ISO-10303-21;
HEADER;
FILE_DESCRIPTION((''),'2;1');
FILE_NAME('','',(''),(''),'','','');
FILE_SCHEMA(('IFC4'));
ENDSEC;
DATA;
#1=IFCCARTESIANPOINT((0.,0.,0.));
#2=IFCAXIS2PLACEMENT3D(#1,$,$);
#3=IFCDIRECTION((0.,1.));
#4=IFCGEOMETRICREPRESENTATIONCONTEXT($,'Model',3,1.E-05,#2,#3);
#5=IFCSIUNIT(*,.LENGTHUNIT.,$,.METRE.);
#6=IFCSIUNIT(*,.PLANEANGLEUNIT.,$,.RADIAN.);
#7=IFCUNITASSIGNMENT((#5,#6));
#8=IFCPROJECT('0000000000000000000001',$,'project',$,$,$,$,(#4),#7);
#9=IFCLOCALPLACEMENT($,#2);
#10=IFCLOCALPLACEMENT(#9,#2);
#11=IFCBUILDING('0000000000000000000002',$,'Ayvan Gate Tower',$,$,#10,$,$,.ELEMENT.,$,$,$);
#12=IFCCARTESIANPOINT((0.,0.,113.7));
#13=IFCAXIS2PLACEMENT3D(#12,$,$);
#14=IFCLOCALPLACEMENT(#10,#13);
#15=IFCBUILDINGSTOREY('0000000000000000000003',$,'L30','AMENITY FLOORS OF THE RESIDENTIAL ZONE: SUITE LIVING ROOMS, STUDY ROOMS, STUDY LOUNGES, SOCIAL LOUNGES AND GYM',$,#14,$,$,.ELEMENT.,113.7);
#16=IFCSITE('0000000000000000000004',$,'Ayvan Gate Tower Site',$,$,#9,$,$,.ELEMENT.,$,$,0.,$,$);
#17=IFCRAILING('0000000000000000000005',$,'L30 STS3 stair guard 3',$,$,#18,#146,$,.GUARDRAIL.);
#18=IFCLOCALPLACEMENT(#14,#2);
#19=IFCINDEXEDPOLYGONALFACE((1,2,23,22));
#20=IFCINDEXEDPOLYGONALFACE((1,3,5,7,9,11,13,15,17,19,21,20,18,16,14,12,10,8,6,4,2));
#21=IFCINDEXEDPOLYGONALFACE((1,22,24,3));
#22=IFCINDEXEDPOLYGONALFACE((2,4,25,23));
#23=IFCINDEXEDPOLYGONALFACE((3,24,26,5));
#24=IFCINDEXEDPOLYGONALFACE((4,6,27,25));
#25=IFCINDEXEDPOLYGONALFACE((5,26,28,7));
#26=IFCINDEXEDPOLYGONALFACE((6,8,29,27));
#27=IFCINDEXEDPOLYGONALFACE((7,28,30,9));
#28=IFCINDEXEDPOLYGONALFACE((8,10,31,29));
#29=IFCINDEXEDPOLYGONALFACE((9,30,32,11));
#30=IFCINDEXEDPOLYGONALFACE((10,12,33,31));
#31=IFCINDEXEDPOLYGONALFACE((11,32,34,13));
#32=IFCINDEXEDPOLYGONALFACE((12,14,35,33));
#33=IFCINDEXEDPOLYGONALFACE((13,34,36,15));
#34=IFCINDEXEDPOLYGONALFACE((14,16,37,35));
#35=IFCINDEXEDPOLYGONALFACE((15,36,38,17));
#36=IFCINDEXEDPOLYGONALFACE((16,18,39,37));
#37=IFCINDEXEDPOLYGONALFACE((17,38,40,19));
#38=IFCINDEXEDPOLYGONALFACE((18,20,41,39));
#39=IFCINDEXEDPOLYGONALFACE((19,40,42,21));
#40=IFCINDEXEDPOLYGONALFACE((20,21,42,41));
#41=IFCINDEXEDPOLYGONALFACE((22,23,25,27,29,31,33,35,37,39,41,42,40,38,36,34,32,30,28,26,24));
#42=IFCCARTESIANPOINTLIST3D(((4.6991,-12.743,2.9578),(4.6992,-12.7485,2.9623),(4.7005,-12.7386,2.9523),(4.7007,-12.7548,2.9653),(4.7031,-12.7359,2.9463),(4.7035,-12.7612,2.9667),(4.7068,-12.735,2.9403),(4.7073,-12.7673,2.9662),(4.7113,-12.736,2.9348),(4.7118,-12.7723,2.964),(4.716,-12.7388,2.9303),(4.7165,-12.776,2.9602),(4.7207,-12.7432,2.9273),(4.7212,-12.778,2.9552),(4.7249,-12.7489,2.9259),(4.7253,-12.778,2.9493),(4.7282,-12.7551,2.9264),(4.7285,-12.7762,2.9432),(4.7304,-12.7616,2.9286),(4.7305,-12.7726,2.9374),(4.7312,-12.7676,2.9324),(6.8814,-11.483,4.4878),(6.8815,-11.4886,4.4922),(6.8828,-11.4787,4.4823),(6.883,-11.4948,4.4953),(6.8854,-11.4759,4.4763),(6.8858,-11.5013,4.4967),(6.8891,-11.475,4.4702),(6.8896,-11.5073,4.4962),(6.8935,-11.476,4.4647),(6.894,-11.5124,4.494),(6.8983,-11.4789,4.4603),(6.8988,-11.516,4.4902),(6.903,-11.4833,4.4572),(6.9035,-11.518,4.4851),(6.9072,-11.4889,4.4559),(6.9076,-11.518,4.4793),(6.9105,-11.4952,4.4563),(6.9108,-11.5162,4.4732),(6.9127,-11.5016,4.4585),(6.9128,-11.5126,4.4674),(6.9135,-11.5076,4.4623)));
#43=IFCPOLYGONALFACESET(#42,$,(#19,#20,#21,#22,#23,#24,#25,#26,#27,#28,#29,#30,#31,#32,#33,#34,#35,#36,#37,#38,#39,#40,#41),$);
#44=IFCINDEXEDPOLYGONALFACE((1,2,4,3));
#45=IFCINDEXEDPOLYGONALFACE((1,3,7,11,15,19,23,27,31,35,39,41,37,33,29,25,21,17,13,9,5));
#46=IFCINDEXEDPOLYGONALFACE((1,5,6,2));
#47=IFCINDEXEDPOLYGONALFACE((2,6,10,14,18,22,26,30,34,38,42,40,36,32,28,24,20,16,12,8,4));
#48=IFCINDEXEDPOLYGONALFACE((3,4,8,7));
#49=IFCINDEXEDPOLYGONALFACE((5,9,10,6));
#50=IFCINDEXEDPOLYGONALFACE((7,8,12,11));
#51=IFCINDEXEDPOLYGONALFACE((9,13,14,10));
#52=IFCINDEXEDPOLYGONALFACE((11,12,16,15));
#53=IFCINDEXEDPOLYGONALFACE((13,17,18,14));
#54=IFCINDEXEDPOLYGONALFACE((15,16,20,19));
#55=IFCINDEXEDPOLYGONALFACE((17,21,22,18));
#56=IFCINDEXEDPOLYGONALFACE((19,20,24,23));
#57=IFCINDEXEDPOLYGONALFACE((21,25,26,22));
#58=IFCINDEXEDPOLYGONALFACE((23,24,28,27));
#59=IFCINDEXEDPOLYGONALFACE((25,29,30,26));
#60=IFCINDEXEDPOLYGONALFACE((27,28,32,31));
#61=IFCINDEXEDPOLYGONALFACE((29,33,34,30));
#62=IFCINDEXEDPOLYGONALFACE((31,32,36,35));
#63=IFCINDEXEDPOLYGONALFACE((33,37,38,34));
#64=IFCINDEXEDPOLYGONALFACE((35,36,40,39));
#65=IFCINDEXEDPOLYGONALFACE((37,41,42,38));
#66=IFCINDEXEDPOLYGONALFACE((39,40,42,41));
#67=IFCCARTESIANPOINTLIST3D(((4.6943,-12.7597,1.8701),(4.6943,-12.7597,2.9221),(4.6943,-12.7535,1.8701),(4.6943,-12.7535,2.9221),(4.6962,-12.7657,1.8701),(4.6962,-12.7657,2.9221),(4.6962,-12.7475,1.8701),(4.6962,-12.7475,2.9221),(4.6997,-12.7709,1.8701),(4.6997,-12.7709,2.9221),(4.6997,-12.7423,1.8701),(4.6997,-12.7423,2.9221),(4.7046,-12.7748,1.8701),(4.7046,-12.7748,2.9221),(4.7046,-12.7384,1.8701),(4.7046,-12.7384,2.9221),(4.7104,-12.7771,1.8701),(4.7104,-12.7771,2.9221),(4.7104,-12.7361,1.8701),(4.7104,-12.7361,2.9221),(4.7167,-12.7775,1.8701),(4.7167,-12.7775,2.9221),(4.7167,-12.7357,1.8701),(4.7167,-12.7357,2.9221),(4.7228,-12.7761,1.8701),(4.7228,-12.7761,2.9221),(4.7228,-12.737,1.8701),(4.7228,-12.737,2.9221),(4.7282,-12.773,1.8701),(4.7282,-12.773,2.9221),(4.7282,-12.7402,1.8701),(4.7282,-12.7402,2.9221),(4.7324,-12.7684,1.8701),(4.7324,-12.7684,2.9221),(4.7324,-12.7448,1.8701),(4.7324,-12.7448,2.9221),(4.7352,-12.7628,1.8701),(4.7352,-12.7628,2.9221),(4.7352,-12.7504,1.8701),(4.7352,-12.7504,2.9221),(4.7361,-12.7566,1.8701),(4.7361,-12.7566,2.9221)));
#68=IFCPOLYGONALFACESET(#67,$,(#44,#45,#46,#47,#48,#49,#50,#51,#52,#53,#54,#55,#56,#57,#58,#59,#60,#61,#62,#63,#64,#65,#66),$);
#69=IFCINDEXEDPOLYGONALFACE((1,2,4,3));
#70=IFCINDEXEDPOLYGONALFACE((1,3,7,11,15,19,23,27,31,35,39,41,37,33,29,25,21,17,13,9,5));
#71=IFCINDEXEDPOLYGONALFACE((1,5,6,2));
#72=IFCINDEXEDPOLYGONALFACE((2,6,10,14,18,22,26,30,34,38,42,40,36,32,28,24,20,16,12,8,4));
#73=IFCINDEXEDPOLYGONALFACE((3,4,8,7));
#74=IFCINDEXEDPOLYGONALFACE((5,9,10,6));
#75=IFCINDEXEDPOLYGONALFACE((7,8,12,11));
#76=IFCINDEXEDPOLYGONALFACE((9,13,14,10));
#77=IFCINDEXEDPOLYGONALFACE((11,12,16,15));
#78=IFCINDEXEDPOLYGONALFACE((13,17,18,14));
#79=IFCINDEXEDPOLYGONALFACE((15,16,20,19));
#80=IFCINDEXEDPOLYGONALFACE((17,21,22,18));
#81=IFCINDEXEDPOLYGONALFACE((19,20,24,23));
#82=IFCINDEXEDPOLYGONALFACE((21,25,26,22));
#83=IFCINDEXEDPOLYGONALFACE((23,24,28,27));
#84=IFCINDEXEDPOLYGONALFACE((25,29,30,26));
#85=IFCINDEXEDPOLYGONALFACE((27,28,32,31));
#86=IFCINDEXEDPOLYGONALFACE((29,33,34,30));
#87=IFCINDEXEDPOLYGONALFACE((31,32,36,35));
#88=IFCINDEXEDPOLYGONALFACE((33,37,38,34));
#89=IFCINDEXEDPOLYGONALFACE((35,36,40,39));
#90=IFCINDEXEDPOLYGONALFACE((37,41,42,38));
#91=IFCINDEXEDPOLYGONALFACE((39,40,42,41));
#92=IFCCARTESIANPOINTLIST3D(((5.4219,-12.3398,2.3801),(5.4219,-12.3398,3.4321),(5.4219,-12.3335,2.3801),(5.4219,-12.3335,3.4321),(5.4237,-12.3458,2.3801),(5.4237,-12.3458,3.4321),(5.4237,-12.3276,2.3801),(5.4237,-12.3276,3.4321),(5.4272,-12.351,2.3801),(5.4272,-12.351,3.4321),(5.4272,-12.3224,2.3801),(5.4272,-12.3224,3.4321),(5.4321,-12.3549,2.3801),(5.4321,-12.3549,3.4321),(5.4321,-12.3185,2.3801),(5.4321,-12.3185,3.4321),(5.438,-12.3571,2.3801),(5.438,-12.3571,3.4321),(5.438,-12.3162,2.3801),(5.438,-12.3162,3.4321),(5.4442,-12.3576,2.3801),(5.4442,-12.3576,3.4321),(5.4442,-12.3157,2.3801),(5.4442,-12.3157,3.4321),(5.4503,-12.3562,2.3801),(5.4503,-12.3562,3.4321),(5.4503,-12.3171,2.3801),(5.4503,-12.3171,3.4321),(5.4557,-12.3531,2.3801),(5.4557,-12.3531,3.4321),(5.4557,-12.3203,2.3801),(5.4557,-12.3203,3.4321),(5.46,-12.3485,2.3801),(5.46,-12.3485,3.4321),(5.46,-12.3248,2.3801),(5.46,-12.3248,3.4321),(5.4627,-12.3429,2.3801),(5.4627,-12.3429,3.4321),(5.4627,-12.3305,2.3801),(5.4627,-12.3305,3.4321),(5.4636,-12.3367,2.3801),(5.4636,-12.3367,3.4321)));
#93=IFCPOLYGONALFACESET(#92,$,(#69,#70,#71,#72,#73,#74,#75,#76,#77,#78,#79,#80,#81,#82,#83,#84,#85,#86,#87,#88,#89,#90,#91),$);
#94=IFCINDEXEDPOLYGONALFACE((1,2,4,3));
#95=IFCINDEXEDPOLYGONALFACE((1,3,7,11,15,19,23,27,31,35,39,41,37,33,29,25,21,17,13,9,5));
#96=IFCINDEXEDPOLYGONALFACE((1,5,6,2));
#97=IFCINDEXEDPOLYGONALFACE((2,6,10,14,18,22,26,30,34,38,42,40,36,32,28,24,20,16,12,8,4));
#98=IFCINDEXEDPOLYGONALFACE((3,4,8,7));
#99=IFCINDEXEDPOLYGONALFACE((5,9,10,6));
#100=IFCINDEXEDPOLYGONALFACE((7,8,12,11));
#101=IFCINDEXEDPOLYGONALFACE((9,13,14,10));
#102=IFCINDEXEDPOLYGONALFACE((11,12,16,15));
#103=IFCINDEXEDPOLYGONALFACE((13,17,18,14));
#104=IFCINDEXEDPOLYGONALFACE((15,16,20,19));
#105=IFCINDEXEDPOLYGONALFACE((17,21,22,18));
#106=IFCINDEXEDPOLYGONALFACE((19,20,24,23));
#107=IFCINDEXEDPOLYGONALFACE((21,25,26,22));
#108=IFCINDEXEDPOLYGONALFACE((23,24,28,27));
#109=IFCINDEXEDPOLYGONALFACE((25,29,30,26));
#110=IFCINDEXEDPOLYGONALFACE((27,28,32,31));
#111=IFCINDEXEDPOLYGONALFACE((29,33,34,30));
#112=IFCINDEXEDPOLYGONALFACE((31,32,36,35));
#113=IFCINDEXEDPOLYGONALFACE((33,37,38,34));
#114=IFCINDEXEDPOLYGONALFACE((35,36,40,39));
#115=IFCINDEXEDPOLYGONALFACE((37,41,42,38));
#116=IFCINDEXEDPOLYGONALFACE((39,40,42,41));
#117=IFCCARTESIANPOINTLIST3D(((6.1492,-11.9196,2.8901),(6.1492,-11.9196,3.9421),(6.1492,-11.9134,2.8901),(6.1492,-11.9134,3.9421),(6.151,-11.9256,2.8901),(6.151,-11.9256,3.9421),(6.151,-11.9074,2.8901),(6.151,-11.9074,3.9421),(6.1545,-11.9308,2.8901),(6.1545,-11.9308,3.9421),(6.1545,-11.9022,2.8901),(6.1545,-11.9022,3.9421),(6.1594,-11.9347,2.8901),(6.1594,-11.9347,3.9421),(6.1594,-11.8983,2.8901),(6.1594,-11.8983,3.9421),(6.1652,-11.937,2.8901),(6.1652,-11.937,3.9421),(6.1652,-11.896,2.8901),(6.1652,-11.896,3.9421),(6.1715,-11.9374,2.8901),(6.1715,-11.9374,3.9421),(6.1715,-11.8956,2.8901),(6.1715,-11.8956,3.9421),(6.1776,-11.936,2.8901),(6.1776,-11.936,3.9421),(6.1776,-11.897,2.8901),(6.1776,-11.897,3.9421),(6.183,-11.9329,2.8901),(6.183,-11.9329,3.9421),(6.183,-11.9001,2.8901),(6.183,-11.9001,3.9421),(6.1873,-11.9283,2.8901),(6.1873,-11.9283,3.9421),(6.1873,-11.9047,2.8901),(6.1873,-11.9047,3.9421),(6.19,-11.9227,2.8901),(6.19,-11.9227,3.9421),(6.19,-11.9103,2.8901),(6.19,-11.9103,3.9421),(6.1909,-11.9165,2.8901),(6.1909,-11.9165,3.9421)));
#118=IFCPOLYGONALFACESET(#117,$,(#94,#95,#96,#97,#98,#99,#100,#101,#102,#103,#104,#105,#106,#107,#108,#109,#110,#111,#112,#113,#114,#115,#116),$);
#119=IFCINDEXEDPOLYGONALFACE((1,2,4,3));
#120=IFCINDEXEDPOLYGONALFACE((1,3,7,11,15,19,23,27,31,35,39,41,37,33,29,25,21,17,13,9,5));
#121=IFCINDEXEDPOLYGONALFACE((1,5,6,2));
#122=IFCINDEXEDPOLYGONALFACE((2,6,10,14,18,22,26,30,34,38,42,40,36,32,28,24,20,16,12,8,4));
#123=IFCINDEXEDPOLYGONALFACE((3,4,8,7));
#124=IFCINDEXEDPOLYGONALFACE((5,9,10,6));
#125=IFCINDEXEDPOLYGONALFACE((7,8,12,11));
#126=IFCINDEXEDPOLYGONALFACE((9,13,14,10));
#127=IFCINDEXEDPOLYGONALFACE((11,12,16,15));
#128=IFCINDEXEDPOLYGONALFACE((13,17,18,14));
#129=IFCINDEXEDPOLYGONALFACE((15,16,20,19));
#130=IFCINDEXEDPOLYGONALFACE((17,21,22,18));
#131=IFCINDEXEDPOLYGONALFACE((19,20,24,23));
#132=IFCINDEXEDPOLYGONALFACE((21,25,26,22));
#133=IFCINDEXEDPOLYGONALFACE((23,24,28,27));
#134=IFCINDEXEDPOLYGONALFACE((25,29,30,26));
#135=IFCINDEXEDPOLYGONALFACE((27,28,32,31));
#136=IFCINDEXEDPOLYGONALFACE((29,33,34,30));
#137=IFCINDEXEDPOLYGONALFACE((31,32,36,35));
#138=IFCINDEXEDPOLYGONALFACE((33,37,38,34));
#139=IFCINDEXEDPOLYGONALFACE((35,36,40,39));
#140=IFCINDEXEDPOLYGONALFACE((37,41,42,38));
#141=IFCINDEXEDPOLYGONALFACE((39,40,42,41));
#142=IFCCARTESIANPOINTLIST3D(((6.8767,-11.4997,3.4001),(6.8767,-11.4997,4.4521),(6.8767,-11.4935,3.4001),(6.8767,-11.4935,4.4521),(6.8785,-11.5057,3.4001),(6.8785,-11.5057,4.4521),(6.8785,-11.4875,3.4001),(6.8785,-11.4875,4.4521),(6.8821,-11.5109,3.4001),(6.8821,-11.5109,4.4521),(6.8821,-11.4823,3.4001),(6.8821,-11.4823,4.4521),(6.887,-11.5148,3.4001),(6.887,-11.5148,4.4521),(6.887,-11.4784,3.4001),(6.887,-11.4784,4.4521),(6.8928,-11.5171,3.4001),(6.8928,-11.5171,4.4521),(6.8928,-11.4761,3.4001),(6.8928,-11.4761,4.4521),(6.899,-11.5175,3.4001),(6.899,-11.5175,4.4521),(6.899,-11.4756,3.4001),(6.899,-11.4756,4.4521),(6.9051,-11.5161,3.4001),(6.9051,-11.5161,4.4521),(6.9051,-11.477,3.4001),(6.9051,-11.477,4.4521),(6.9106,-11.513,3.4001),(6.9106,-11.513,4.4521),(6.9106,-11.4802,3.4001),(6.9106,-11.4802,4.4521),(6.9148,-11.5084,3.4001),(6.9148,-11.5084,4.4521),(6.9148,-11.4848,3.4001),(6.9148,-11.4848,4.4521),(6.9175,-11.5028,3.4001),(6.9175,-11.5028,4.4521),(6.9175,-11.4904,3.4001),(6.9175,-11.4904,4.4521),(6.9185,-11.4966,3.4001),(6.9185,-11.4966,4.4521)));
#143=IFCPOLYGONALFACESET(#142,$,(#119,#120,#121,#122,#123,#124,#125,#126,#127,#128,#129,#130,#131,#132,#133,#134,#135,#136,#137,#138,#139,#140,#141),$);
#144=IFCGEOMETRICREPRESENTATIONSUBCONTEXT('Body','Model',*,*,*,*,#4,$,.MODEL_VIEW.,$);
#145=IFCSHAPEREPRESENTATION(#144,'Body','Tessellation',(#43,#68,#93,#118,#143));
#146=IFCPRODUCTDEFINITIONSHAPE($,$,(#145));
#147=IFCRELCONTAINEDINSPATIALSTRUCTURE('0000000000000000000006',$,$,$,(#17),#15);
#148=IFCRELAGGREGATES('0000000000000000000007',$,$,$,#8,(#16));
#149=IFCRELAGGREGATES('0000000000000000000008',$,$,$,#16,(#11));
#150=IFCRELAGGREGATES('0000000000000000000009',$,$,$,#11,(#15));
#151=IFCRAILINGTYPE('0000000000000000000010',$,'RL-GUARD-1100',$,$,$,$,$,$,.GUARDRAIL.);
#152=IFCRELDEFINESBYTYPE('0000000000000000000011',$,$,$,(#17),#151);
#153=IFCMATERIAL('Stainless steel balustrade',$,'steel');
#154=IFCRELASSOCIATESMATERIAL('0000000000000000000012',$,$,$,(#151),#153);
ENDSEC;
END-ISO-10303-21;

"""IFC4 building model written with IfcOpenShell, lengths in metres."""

from ifc_helpers import new_model, si_unit, direction, frame, origin, origin_2d, place, context, subcontext, project, spatial, circle, extrude, material, type_object, element, save


model = new_model("IFC4")

# Units and contexts
model_context = context("Model", 3, precision=1e-05, world=origin(), true_north=direction((0.0, 1.0)))
body_context = subcontext(model_context, "Body", "Model", "MODEL_VIEW")
ifc_project = project(units=[si_unit("LENGTHUNIT", "METRE"), si_unit("PLANEANGLEUNIT", "RADIAN")], contexts=[model_context])

# Site, building, storey
site_placement = place(None, origin())
site = spatial("IfcSite", under=ifc_project, at=site_placement, Name="Ayvan Gate Tower Site", CompositionType="ELEMENT", RefElevation=0.0)
building_placement = place(site_placement, origin())
building = spatial("IfcBuilding", under=site, at=building_placement, Name="Ayvan Gate Tower", CompositionType="ELEMENT")
storey_placement = place(building_placement, frame((0.0, 0.0, 113.7)))
storey = spatial("IfcBuildingStorey", under=building, at=storey_placement, Name="L30", Description="AMENITY FLOORS OF THE RESIDENTIAL ZONE: SUITE LIVING ROOMS, STUDY ROOMS, STUDY LOUNGES, SOCIAL LOUNGES AND GYM", CompositionType="ELEMENT", Elevation=113.7)

# Railing
ifc_material_1 = material(Name="Stainless steel balustrade", Category="steel")
railing_type_1 = type_object("IfcRailingType", Name="RL-GUARD-1100", PredefinedType="GUARDRAIL", material=ifc_material_1)
railing_1_placement = place(storey_placement, frame((4.7151, -12.7566, 1.8701)))
element("IfcRailing", 1, at=railing_1_placement, inside=storey, type_object=railing_type_1, Name="L30 STS3 stair guard 3", PredefinedType="GUARDRAIL", context=body_context, shape_type="SweptSolid", body=[
    extrude(circle(Radius=0.0239, at=origin_2d()), frame((0.0, 0.0, 1.0762), z_axis=(0.740261, 0.427395, 0.518986), x_axis=(-0.500005, 0.866023, 0.0)), (0.0, 0.0, 1.0), 2.948),
    extrude(circle(Radius=0.021, at=origin_2d()), origin(), (0.0, 0.0, 1.0), 1.052),
    extrude(circle(Radius=0.021, at=origin_2d()), frame((0.7275, 0.4199, 0.51)), (0.0, 0.0, 1.0), 1.052),
    extrude(circle(Radius=0.021, at=origin_2d()), frame((1.4548, 0.8401, 1.02)), (0.0, 0.0, 1.0), 1.052),
    extrude(circle(Radius=0.021, at=origin_2d()), frame((2.1824, 1.26, 1.53)), (0.0, 0.0, 1.0), 1.052),
])

save(model, "model.ifc")
